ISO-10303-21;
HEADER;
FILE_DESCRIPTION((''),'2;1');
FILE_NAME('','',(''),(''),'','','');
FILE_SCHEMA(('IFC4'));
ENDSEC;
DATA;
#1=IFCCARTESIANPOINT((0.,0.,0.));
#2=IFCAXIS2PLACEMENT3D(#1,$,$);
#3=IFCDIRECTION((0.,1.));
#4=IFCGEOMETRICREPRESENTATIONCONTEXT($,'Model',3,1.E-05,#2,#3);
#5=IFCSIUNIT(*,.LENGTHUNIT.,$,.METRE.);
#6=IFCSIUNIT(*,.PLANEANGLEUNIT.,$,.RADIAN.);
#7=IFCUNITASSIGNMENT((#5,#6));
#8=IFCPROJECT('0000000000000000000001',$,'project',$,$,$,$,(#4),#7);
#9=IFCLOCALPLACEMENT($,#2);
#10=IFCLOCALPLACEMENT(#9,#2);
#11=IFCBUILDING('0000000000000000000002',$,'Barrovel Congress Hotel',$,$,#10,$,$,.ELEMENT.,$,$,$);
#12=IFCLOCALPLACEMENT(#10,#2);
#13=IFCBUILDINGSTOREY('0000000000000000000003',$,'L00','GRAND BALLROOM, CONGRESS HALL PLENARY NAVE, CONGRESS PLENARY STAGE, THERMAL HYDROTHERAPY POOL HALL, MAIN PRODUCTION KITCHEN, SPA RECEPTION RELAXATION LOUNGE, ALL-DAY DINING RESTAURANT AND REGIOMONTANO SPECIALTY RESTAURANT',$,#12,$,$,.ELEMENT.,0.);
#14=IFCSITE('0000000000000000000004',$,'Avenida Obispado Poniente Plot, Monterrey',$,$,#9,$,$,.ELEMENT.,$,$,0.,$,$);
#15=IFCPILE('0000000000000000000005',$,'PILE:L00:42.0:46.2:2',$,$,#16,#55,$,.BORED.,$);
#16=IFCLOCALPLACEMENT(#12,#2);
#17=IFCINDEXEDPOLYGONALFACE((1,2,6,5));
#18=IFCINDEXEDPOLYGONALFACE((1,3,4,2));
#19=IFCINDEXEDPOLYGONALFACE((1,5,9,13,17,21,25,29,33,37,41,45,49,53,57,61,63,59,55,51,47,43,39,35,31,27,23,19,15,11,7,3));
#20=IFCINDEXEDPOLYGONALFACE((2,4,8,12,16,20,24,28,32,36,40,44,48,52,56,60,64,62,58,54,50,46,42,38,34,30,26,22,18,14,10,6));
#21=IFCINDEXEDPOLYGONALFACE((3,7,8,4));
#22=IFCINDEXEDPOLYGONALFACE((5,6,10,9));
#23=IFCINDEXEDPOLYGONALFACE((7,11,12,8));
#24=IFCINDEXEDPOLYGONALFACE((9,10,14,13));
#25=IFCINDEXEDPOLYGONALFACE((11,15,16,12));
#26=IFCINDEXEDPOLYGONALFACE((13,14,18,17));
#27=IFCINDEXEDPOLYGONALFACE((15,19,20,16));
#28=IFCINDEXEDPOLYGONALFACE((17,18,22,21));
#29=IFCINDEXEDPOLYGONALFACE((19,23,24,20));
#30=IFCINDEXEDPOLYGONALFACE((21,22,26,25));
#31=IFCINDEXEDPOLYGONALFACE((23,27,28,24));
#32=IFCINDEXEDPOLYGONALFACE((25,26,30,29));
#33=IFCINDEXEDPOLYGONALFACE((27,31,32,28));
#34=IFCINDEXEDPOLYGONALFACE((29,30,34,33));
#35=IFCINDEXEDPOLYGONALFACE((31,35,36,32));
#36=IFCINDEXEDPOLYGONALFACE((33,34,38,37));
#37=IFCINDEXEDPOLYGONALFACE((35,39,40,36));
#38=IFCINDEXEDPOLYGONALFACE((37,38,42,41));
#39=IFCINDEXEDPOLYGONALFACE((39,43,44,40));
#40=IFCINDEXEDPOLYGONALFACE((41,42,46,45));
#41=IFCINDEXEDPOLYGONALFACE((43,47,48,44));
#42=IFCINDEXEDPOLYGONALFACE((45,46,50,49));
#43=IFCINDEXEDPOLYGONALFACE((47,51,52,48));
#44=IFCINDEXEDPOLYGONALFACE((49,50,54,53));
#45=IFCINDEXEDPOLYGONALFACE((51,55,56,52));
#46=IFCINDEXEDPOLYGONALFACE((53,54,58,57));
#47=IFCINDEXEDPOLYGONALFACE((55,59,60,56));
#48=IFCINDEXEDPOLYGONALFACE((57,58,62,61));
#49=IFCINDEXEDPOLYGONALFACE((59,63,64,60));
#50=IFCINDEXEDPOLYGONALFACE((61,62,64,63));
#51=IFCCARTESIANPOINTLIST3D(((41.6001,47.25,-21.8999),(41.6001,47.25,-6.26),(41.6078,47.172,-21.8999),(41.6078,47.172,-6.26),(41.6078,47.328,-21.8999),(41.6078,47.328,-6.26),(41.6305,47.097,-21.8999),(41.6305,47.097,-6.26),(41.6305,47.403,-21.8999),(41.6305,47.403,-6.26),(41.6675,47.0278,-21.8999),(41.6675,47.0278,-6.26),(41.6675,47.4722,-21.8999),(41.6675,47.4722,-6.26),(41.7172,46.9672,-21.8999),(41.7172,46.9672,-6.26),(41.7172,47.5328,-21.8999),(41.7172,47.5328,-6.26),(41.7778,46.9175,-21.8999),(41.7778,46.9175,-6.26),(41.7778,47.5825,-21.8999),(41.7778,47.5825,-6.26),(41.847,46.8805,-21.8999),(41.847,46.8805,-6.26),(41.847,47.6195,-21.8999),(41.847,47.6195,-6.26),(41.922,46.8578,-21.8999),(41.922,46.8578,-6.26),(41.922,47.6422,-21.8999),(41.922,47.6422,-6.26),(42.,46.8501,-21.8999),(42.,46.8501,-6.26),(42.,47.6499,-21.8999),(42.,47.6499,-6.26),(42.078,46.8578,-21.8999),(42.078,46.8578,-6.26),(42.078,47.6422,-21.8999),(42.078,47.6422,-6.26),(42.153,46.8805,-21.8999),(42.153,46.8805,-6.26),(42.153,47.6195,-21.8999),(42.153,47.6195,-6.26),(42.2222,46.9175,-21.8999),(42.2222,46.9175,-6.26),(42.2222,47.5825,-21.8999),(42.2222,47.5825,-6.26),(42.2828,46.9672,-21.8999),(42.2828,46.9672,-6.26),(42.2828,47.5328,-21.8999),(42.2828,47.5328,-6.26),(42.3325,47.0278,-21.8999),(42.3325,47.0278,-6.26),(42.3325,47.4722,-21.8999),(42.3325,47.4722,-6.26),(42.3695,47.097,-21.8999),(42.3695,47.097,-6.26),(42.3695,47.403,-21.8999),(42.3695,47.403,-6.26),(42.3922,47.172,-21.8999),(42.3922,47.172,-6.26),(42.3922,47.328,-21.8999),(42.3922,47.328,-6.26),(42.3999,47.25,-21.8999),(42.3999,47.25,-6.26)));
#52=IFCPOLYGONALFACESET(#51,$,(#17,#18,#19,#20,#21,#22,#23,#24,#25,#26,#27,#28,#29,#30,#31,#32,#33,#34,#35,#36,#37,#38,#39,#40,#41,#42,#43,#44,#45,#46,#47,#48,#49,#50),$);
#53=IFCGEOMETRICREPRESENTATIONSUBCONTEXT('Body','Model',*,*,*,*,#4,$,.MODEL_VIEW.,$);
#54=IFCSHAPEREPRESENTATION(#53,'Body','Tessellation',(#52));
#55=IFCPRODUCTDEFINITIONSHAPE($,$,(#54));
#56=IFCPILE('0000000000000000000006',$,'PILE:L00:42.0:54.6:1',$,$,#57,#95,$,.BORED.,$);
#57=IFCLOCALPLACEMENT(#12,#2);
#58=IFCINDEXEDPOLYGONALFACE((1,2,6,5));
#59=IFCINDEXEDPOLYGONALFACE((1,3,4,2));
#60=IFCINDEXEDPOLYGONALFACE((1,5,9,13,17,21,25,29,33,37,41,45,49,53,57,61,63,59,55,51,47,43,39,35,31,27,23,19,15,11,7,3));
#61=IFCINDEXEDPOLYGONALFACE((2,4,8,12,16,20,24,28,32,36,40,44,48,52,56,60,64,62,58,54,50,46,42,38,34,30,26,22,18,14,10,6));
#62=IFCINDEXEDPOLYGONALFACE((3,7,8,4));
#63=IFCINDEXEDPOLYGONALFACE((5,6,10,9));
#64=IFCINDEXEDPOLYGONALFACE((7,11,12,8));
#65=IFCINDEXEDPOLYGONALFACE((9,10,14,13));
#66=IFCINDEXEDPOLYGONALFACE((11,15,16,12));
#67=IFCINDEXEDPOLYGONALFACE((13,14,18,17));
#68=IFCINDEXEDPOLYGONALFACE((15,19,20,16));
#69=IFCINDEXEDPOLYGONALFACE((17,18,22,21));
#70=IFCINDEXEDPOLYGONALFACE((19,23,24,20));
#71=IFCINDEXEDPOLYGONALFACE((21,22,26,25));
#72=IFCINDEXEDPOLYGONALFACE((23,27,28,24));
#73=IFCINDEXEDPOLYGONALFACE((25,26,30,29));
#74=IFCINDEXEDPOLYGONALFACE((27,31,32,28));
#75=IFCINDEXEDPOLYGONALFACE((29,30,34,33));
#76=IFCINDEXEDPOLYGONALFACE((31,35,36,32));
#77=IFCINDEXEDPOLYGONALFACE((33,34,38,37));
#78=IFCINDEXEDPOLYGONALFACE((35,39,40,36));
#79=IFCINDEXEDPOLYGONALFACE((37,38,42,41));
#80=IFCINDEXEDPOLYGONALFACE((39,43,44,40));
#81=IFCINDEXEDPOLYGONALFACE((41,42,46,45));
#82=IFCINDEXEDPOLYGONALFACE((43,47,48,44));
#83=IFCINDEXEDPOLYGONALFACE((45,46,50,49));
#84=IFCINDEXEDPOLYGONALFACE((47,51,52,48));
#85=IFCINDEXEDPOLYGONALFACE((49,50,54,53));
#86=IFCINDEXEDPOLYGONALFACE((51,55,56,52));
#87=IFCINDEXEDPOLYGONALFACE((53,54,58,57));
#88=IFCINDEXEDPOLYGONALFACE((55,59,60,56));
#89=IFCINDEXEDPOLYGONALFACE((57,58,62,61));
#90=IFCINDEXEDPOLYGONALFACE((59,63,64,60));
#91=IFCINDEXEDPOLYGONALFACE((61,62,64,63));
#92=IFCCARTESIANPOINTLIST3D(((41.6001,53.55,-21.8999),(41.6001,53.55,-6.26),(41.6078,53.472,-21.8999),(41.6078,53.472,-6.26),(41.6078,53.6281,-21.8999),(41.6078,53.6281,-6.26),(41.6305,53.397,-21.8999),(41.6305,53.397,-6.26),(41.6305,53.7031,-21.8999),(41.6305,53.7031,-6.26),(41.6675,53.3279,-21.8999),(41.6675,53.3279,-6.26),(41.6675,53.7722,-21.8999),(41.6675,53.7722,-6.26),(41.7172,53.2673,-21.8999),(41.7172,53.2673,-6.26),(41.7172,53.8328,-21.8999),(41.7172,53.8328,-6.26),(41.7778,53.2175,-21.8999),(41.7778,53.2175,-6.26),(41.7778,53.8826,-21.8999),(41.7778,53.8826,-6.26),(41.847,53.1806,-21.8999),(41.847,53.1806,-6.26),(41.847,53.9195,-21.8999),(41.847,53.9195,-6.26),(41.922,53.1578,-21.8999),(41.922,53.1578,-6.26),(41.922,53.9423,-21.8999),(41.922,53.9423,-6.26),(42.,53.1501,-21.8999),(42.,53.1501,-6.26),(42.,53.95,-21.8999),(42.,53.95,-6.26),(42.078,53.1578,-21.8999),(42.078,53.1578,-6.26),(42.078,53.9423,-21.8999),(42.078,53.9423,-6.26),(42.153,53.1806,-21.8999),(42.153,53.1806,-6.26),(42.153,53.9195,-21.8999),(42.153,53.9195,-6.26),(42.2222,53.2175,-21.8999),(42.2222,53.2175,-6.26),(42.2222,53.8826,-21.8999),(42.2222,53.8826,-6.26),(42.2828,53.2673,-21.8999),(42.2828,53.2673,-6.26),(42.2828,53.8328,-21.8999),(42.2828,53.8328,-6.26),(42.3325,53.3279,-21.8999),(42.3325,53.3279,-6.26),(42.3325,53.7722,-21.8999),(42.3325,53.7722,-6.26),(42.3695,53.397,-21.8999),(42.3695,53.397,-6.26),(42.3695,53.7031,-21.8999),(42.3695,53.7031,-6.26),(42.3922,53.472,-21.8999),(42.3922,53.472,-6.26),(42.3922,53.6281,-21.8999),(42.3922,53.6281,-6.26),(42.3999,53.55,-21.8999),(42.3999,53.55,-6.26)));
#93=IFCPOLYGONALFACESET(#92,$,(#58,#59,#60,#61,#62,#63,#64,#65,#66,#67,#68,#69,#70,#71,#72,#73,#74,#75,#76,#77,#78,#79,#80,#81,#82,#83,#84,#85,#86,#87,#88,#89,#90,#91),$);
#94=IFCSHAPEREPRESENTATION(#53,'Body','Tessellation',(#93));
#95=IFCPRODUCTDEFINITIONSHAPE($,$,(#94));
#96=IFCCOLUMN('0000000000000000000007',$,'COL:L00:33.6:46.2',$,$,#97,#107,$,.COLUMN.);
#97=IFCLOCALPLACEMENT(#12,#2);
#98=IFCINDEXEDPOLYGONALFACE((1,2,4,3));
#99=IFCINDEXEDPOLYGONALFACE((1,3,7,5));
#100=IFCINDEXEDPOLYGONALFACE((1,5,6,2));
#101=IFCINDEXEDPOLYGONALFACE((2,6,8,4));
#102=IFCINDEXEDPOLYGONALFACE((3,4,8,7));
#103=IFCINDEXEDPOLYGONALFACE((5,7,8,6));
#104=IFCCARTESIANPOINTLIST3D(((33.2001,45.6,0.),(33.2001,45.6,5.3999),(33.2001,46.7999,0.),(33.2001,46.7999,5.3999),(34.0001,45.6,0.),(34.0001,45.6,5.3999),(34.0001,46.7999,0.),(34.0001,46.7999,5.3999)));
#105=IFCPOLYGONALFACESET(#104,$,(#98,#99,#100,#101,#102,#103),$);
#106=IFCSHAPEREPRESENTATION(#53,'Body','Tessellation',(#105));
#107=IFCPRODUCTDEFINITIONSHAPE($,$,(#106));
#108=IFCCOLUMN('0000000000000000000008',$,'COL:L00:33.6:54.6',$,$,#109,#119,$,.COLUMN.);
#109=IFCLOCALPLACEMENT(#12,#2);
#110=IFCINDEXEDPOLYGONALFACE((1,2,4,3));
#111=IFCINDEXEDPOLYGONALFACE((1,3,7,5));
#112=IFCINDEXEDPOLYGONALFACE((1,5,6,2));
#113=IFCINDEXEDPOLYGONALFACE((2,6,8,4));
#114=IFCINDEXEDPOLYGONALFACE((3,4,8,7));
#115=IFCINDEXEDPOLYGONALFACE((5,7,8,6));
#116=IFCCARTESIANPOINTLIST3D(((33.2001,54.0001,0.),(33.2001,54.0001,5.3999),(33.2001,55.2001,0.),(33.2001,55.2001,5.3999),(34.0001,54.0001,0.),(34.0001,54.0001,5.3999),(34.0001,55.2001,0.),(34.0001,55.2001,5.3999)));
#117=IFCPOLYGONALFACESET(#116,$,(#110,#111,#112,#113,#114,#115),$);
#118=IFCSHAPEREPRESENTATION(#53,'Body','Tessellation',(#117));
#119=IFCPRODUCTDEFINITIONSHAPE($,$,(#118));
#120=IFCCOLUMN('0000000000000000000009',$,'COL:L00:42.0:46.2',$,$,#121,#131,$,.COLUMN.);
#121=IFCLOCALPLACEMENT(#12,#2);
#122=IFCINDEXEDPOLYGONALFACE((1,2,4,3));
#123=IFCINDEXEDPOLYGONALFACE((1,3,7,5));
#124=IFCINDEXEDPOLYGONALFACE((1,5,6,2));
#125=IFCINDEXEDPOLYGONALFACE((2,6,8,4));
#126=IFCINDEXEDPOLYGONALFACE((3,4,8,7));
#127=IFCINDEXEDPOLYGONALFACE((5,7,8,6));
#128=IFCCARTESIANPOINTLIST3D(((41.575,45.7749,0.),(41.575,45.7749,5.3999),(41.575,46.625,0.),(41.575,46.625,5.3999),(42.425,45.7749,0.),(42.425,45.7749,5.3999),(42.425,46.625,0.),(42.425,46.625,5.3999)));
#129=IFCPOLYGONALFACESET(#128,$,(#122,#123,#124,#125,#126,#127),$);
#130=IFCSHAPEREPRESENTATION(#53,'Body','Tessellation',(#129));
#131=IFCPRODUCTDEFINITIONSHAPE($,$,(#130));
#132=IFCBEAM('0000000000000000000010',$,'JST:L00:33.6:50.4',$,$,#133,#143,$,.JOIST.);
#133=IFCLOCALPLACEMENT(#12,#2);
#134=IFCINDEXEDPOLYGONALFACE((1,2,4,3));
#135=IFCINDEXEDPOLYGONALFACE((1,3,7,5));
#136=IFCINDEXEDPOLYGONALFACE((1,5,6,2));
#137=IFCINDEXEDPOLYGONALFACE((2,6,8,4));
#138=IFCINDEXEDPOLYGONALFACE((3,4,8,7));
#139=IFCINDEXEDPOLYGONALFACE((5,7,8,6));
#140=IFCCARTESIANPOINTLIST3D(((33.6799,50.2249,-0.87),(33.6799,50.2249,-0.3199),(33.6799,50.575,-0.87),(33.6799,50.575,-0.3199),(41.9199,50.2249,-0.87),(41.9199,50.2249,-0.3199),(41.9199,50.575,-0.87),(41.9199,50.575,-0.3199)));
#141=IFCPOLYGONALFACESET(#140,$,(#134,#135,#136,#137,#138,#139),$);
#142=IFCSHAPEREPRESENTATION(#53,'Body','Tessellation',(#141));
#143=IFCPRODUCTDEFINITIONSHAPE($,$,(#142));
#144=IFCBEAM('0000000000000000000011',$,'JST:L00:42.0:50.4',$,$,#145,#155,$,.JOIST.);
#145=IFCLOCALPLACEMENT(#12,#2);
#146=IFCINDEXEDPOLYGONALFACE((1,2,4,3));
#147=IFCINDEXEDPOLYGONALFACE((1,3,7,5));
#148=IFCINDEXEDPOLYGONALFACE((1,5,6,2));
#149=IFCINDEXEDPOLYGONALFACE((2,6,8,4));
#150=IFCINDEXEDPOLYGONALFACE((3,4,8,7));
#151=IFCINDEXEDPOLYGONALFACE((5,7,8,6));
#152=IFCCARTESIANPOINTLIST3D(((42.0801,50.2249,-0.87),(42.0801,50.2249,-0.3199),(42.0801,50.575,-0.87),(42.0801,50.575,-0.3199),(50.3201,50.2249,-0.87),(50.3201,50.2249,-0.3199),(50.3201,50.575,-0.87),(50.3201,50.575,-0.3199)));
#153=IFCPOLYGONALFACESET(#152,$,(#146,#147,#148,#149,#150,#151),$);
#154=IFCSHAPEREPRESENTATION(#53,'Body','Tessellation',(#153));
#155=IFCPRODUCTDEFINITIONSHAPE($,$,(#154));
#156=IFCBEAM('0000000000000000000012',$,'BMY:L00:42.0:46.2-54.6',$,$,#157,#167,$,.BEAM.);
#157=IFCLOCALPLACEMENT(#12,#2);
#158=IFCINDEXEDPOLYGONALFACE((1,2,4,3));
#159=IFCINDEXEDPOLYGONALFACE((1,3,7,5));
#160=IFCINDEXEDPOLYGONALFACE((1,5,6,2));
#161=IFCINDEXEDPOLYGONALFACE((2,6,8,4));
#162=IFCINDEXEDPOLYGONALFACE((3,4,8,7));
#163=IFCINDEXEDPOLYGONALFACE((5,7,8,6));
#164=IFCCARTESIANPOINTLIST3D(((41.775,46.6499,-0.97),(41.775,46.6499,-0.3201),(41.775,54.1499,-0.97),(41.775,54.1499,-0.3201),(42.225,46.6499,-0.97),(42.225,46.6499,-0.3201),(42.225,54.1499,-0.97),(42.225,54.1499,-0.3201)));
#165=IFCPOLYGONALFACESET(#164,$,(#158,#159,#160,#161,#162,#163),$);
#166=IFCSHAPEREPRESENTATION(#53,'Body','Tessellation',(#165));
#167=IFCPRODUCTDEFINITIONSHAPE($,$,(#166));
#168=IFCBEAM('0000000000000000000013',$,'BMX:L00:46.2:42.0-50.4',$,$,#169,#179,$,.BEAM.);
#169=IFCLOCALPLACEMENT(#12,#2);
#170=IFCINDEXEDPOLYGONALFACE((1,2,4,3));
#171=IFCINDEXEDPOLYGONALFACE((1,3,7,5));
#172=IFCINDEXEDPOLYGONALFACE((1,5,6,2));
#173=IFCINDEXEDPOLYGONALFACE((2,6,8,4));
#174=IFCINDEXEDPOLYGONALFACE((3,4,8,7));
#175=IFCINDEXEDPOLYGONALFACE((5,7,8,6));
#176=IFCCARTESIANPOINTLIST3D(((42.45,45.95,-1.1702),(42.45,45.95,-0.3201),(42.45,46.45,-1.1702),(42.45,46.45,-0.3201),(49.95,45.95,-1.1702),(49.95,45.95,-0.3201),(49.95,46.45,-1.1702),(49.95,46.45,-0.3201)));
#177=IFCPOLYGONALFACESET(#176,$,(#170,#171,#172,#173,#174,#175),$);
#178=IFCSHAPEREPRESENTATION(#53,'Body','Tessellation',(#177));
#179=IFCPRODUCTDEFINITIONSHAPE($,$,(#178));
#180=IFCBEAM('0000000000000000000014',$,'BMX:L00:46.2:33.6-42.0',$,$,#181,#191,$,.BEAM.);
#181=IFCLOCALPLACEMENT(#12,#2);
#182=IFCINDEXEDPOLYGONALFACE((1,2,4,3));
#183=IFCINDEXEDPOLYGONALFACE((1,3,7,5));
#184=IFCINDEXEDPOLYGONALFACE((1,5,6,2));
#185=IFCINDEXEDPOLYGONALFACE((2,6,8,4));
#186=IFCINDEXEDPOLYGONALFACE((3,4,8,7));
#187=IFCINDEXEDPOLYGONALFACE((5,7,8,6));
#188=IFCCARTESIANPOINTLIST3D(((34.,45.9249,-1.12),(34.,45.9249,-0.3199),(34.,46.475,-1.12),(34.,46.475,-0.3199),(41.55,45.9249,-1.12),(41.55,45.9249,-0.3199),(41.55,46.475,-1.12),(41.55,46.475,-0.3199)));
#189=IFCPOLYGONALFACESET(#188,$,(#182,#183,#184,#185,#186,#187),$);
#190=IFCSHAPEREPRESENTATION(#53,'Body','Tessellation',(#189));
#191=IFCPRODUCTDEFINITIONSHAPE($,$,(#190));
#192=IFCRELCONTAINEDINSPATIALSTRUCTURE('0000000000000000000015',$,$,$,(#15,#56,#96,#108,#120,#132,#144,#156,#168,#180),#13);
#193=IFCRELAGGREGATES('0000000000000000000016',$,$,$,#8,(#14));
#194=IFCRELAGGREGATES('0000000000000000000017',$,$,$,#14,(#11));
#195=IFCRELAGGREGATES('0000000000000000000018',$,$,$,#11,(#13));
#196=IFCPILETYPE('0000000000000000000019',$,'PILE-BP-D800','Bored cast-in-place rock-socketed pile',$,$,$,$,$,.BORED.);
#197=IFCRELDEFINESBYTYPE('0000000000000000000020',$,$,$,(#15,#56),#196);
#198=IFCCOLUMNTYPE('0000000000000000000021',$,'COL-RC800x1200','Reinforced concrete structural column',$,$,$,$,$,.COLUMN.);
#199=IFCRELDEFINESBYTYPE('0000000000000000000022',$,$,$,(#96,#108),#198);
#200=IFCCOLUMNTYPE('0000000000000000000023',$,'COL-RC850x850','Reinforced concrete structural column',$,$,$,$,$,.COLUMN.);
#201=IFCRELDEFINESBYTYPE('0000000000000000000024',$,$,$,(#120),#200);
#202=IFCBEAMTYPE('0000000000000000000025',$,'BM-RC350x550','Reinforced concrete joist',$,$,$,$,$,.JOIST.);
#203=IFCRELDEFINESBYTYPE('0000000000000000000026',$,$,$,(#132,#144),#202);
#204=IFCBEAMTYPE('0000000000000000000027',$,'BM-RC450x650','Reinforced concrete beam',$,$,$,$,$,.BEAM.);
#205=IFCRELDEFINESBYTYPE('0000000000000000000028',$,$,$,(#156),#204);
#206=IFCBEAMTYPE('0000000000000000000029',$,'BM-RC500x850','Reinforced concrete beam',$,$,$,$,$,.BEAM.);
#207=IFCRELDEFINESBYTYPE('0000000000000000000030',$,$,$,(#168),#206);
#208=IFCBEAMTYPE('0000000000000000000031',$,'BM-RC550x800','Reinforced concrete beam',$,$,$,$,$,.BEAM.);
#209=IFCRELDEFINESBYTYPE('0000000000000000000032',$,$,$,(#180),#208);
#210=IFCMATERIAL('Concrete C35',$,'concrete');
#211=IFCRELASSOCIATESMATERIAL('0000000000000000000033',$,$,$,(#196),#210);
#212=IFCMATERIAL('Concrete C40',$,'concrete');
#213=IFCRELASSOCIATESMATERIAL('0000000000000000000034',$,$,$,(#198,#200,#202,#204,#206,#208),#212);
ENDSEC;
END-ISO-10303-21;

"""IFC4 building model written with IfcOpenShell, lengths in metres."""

from ifc_helpers import new_model, si_unit, direction, frame, origin, origin_2d, place, context, subcontext, project, spatial, rectangle, circle, extrude, material, material_profile, profile_set, type_object, element, save


model = new_model("IFC4")

# Units and contexts
model_context = context("Model", 3, precision=1e-05, world=origin(), true_north=direction((0.0, 1.0)))
body_context = subcontext(model_context, "Body", "Model", "MODEL_VIEW")
ifc_project = project(units=[si_unit("LENGTHUNIT", "METRE"), si_unit("PLANEANGLEUNIT", "RADIAN")], contexts=[model_context])

# Site, building, storey
site_placement = place(None, origin())
site = spatial("IfcSite", under=ifc_project, at=site_placement, Name="Avenida Obispado Poniente Plot, Monterrey", CompositionType="ELEMENT", RefElevation=0.0)
building_placement = place(site_placement, origin())
building = spatial("IfcBuilding", under=site, at=building_placement, Name="Barrovel Congress Hotel", CompositionType="ELEMENT")
storey_placement = place(building_placement, origin())
storey = spatial("IfcBuildingStorey", under=building, at=storey_placement, Name="L00", Description="GRAND BALLROOM, CONGRESS HALL PLENARY NAVE, CONGRESS PLENARY STAGE, THERMAL HYDROTHERAPY POOL HALL, MAIN PRODUCTION KITCHEN, SPA RECEPTION RELAXATION LOUNGE, ALL-DAY DINING RESTAURANT AND REGIOMONTANO SPECIALTY RESTAURANT", CompositionType="ELEMENT", Elevation=0.0)

# Shared definitions
ifc_material_1 = material(Name="Concrete C40", Category="concrete")

# Piles
ifc_material_2 = material(Name="Concrete C35", Category="concrete")
ifc_material_profile_1 = material_profile(ifc_material_2, circle(Radius=0.3999, at=origin_2d()), Name="BP-D800")
ifc_profile_set_1 = profile_set([ifc_material_profile_1], Name="Concrete C35")
pile_type_1 = type_object("IfcPileType", Name="PILE-BP-D800", Description="Bored cast-in-place rock-socketed pile", PredefinedType="BORED", material=ifc_profile_set_1)
for number, where, z_axis, x_axis, name in (
    (1, (42.0, 47.25, -6.26), (0.0, 0.0, -1.0), (1.0, 0.0, 0.0), "PILE:L00:42.0:46.2:2"),
    (2, (42.0, 53.55, -6.26), (0.0, 0.0, -1.0), (1.0, 0.0, 0.0), "PILE:L00:42.0:54.6:1"),
):
    element("IfcPile", number, at=place(storey_placement, frame(where, z_axis=z_axis, x_axis=x_axis)), inside=storey, type_object=pile_type_1, Name=name, PredefinedType="BORED", context=body_context, shape_type="SweptSolid", body=[
        extrude(circle(Radius=0.3999, at=origin_2d()), origin(), (0.0, 0.0, 1.0), 15.6399),
    ])

# Columns
ifc_material_profile_2 = material_profile(ifc_material_1, rectangle(XDim=0.8, YDim=1.2, at=origin_2d()), Name="RC800x1200")
ifc_profile_set_2 = profile_set([ifc_material_profile_2], Name="Concrete C40")
column_type_1 = type_object("IfcColumnType", Name="COL-RC800x1200", Description="Reinforced concrete structural column", PredefinedType="COLUMN", material=ifc_profile_set_2)
for number, where, z_axis, x_axis, name in (
    (3, (33.6001, 46.2, 0.0), (0.0, 0.0, 1.0), (1.0, 0.0, 0.0), "COL:L00:33.6:46.2"),
    (4, (33.6001, 54.6001, 0.0), (0.0, 0.0, 1.0), (1.0, 0.0, 0.0), "COL:L00:33.6:54.6"),
):
    element("IfcColumn", number, at=place(storey_placement, frame(where, z_axis=z_axis, x_axis=x_axis)), inside=storey, type_object=column_type_1, Name=name, PredefinedType="COLUMN", context=body_context, shape_type="SweptSolid", body=[
        extrude(rectangle(XDim=0.8, YDim=1.2, at=origin_2d()), origin(), (0.0, 0.0, 1.0), 5.3999),
    ])
ifc_material_profile_3 = material_profile(ifc_material_1, rectangle(XDim=0.8501, YDim=0.8501, at=origin_2d()), Name="RC850x850")
ifc_profile_set_3 = profile_set([ifc_material_profile_3], Name="Concrete C40")
column_type_2 = type_object("IfcColumnType", Name="COL-RC850x850", Description="Reinforced concrete structural column", PredefinedType="COLUMN", material=ifc_profile_set_3)
column_placement = place(storey_placement, frame((42.0, 46.2, 0.0), z_axis=(0.0, 0.0, 1.0), x_axis=(1.0, 0.0, 0.0)))
element("IfcColumn", 5, at=column_placement, inside=storey, type_object=column_type_2, Name="COL:L00:42.0:46.2", PredefinedType="COLUMN", context=body_context, shape_type="SweptSolid", body=[
    extrude(rectangle(XDim=0.8501, YDim=0.8501, at=origin_2d()), origin(), (0.0, 0.0, 1.0), 5.3999),
])

# Beams
ifc_material_profile_4 = material_profile(ifc_material_1, rectangle(XDim=0.3501, YDim=0.55, at=origin_2d()), Name="RC350x550")
ifc_profile_set_4 = profile_set([ifc_material_profile_4], Name="Concrete C40")
beam_type_1 = type_object("IfcBeamType", Name="BM-RC350x550", Description="Reinforced concrete joist", PredefinedType="JOIST", material=ifc_profile_set_4)
for number, where, z_axis, x_axis, name in (
    (6, (33.6799, 50.3999, -0.595), (1.0, 0.0, 0.0), (0.0, 1.0, 0.0), "JST:L00:33.6:50.4"),
    (7, (42.0801, 50.3999, -0.595), (1.0, 0.0, 0.0), (0.0, 1.0, 0.0), "JST:L00:42.0:50.4"),
):
    element("IfcBeam", number, at=place(storey_placement, frame(where, z_axis=z_axis, x_axis=x_axis)), inside=storey, type_object=beam_type_1, Name=name, PredefinedType="JOIST", context=body_context, shape_type="SweptSolid", body=[
        extrude(rectangle(XDim=0.3501, YDim=0.55, at=origin_2d()), origin(), (0.0, 0.0, 1.0), 8.24),
    ])
ifc_material_profile_5 = material_profile(ifc_material_1, rectangle(XDim=0.45, YDim=0.6499, at=origin_2d()), Name="RC450x650")
ifc_profile_set_5 = profile_set([ifc_material_profile_5], Name="Concrete C40")
beam_type_2 = type_object("IfcBeamType", Name="BM-RC450x650", Description="Reinforced concrete beam", PredefinedType="BEAM", material=ifc_profile_set_5)
beam_1_placement = place(storey_placement, frame((42.0, 46.6499, -0.645), z_axis=(0.0, 1.0, 0.0), x_axis=(-1.0, 0.0, 0.0)))
element("IfcBeam", 8, at=beam_1_placement, inside=storey, type_object=beam_type_2, Name="BMY:L00:42.0:46.2-54.6", PredefinedType="BEAM", context=body_context, shape_type="SweptSolid", body=[
    extrude(rectangle(XDim=0.45, YDim=0.6499, at=origin_2d()), origin(), (0.0, 0.0, 1.0), 7.5),
])
ifc_material_profile_6 = material_profile(ifc_material_1, rectangle(XDim=0.5, YDim=0.8501, at=origin_2d()), Name="RC500x850")
ifc_profile_set_6 = profile_set([ifc_material_profile_6], Name="Concrete C40")
beam_type_3 = type_object("IfcBeamType", Name="BM-RC500x850", Description="Reinforced concrete beam", PredefinedType="BEAM", material=ifc_profile_set_6)
beam_2_placement = place(storey_placement, frame((42.45, 46.2, -0.7451), z_axis=(1.0, 0.0, 0.0), x_axis=(0.0, 1.0, 0.0)))
element("IfcBeam", 9, at=beam_2_placement, inside=storey, type_object=beam_type_3, Name="BMX:L00:46.2:42.0-50.4", PredefinedType="BEAM", context=body_context, shape_type="SweptSolid", body=[
    extrude(rectangle(XDim=0.5, YDim=0.8501, at=origin_2d()), origin(), (0.0, 0.0, 1.0), 7.5),
])
ifc_material_profile_7 = material_profile(ifc_material_1, rectangle(XDim=0.55, YDim=0.8, at=origin_2d()), Name="RC550x800")
ifc_profile_set_7 = profile_set([ifc_material_profile_7], Name="Concrete C40")
beam_type_4 = type_object("IfcBeamType", Name="BM-RC550x800", Description="Reinforced concrete beam", PredefinedType="BEAM", material=ifc_profile_set_7)
beam_3_placement = place(storey_placement, frame((34.0, 46.2, -0.72), z_axis=(1.0, 0.0, 0.0), x_axis=(0.0, 1.0, 0.0)))
element("IfcBeam", 10, at=beam_3_placement, inside=storey, type_object=beam_type_4, Name="BMX:L00:46.2:33.6-42.0", PredefinedType="BEAM", context=body_context, shape_type="SweptSolid", body=[
    extrude(rectangle(XDim=0.55, YDim=0.8, at=origin_2d()), origin(), (0.0, 0.0, 1.0), 7.55),
])

save(model, "model.ifc")
